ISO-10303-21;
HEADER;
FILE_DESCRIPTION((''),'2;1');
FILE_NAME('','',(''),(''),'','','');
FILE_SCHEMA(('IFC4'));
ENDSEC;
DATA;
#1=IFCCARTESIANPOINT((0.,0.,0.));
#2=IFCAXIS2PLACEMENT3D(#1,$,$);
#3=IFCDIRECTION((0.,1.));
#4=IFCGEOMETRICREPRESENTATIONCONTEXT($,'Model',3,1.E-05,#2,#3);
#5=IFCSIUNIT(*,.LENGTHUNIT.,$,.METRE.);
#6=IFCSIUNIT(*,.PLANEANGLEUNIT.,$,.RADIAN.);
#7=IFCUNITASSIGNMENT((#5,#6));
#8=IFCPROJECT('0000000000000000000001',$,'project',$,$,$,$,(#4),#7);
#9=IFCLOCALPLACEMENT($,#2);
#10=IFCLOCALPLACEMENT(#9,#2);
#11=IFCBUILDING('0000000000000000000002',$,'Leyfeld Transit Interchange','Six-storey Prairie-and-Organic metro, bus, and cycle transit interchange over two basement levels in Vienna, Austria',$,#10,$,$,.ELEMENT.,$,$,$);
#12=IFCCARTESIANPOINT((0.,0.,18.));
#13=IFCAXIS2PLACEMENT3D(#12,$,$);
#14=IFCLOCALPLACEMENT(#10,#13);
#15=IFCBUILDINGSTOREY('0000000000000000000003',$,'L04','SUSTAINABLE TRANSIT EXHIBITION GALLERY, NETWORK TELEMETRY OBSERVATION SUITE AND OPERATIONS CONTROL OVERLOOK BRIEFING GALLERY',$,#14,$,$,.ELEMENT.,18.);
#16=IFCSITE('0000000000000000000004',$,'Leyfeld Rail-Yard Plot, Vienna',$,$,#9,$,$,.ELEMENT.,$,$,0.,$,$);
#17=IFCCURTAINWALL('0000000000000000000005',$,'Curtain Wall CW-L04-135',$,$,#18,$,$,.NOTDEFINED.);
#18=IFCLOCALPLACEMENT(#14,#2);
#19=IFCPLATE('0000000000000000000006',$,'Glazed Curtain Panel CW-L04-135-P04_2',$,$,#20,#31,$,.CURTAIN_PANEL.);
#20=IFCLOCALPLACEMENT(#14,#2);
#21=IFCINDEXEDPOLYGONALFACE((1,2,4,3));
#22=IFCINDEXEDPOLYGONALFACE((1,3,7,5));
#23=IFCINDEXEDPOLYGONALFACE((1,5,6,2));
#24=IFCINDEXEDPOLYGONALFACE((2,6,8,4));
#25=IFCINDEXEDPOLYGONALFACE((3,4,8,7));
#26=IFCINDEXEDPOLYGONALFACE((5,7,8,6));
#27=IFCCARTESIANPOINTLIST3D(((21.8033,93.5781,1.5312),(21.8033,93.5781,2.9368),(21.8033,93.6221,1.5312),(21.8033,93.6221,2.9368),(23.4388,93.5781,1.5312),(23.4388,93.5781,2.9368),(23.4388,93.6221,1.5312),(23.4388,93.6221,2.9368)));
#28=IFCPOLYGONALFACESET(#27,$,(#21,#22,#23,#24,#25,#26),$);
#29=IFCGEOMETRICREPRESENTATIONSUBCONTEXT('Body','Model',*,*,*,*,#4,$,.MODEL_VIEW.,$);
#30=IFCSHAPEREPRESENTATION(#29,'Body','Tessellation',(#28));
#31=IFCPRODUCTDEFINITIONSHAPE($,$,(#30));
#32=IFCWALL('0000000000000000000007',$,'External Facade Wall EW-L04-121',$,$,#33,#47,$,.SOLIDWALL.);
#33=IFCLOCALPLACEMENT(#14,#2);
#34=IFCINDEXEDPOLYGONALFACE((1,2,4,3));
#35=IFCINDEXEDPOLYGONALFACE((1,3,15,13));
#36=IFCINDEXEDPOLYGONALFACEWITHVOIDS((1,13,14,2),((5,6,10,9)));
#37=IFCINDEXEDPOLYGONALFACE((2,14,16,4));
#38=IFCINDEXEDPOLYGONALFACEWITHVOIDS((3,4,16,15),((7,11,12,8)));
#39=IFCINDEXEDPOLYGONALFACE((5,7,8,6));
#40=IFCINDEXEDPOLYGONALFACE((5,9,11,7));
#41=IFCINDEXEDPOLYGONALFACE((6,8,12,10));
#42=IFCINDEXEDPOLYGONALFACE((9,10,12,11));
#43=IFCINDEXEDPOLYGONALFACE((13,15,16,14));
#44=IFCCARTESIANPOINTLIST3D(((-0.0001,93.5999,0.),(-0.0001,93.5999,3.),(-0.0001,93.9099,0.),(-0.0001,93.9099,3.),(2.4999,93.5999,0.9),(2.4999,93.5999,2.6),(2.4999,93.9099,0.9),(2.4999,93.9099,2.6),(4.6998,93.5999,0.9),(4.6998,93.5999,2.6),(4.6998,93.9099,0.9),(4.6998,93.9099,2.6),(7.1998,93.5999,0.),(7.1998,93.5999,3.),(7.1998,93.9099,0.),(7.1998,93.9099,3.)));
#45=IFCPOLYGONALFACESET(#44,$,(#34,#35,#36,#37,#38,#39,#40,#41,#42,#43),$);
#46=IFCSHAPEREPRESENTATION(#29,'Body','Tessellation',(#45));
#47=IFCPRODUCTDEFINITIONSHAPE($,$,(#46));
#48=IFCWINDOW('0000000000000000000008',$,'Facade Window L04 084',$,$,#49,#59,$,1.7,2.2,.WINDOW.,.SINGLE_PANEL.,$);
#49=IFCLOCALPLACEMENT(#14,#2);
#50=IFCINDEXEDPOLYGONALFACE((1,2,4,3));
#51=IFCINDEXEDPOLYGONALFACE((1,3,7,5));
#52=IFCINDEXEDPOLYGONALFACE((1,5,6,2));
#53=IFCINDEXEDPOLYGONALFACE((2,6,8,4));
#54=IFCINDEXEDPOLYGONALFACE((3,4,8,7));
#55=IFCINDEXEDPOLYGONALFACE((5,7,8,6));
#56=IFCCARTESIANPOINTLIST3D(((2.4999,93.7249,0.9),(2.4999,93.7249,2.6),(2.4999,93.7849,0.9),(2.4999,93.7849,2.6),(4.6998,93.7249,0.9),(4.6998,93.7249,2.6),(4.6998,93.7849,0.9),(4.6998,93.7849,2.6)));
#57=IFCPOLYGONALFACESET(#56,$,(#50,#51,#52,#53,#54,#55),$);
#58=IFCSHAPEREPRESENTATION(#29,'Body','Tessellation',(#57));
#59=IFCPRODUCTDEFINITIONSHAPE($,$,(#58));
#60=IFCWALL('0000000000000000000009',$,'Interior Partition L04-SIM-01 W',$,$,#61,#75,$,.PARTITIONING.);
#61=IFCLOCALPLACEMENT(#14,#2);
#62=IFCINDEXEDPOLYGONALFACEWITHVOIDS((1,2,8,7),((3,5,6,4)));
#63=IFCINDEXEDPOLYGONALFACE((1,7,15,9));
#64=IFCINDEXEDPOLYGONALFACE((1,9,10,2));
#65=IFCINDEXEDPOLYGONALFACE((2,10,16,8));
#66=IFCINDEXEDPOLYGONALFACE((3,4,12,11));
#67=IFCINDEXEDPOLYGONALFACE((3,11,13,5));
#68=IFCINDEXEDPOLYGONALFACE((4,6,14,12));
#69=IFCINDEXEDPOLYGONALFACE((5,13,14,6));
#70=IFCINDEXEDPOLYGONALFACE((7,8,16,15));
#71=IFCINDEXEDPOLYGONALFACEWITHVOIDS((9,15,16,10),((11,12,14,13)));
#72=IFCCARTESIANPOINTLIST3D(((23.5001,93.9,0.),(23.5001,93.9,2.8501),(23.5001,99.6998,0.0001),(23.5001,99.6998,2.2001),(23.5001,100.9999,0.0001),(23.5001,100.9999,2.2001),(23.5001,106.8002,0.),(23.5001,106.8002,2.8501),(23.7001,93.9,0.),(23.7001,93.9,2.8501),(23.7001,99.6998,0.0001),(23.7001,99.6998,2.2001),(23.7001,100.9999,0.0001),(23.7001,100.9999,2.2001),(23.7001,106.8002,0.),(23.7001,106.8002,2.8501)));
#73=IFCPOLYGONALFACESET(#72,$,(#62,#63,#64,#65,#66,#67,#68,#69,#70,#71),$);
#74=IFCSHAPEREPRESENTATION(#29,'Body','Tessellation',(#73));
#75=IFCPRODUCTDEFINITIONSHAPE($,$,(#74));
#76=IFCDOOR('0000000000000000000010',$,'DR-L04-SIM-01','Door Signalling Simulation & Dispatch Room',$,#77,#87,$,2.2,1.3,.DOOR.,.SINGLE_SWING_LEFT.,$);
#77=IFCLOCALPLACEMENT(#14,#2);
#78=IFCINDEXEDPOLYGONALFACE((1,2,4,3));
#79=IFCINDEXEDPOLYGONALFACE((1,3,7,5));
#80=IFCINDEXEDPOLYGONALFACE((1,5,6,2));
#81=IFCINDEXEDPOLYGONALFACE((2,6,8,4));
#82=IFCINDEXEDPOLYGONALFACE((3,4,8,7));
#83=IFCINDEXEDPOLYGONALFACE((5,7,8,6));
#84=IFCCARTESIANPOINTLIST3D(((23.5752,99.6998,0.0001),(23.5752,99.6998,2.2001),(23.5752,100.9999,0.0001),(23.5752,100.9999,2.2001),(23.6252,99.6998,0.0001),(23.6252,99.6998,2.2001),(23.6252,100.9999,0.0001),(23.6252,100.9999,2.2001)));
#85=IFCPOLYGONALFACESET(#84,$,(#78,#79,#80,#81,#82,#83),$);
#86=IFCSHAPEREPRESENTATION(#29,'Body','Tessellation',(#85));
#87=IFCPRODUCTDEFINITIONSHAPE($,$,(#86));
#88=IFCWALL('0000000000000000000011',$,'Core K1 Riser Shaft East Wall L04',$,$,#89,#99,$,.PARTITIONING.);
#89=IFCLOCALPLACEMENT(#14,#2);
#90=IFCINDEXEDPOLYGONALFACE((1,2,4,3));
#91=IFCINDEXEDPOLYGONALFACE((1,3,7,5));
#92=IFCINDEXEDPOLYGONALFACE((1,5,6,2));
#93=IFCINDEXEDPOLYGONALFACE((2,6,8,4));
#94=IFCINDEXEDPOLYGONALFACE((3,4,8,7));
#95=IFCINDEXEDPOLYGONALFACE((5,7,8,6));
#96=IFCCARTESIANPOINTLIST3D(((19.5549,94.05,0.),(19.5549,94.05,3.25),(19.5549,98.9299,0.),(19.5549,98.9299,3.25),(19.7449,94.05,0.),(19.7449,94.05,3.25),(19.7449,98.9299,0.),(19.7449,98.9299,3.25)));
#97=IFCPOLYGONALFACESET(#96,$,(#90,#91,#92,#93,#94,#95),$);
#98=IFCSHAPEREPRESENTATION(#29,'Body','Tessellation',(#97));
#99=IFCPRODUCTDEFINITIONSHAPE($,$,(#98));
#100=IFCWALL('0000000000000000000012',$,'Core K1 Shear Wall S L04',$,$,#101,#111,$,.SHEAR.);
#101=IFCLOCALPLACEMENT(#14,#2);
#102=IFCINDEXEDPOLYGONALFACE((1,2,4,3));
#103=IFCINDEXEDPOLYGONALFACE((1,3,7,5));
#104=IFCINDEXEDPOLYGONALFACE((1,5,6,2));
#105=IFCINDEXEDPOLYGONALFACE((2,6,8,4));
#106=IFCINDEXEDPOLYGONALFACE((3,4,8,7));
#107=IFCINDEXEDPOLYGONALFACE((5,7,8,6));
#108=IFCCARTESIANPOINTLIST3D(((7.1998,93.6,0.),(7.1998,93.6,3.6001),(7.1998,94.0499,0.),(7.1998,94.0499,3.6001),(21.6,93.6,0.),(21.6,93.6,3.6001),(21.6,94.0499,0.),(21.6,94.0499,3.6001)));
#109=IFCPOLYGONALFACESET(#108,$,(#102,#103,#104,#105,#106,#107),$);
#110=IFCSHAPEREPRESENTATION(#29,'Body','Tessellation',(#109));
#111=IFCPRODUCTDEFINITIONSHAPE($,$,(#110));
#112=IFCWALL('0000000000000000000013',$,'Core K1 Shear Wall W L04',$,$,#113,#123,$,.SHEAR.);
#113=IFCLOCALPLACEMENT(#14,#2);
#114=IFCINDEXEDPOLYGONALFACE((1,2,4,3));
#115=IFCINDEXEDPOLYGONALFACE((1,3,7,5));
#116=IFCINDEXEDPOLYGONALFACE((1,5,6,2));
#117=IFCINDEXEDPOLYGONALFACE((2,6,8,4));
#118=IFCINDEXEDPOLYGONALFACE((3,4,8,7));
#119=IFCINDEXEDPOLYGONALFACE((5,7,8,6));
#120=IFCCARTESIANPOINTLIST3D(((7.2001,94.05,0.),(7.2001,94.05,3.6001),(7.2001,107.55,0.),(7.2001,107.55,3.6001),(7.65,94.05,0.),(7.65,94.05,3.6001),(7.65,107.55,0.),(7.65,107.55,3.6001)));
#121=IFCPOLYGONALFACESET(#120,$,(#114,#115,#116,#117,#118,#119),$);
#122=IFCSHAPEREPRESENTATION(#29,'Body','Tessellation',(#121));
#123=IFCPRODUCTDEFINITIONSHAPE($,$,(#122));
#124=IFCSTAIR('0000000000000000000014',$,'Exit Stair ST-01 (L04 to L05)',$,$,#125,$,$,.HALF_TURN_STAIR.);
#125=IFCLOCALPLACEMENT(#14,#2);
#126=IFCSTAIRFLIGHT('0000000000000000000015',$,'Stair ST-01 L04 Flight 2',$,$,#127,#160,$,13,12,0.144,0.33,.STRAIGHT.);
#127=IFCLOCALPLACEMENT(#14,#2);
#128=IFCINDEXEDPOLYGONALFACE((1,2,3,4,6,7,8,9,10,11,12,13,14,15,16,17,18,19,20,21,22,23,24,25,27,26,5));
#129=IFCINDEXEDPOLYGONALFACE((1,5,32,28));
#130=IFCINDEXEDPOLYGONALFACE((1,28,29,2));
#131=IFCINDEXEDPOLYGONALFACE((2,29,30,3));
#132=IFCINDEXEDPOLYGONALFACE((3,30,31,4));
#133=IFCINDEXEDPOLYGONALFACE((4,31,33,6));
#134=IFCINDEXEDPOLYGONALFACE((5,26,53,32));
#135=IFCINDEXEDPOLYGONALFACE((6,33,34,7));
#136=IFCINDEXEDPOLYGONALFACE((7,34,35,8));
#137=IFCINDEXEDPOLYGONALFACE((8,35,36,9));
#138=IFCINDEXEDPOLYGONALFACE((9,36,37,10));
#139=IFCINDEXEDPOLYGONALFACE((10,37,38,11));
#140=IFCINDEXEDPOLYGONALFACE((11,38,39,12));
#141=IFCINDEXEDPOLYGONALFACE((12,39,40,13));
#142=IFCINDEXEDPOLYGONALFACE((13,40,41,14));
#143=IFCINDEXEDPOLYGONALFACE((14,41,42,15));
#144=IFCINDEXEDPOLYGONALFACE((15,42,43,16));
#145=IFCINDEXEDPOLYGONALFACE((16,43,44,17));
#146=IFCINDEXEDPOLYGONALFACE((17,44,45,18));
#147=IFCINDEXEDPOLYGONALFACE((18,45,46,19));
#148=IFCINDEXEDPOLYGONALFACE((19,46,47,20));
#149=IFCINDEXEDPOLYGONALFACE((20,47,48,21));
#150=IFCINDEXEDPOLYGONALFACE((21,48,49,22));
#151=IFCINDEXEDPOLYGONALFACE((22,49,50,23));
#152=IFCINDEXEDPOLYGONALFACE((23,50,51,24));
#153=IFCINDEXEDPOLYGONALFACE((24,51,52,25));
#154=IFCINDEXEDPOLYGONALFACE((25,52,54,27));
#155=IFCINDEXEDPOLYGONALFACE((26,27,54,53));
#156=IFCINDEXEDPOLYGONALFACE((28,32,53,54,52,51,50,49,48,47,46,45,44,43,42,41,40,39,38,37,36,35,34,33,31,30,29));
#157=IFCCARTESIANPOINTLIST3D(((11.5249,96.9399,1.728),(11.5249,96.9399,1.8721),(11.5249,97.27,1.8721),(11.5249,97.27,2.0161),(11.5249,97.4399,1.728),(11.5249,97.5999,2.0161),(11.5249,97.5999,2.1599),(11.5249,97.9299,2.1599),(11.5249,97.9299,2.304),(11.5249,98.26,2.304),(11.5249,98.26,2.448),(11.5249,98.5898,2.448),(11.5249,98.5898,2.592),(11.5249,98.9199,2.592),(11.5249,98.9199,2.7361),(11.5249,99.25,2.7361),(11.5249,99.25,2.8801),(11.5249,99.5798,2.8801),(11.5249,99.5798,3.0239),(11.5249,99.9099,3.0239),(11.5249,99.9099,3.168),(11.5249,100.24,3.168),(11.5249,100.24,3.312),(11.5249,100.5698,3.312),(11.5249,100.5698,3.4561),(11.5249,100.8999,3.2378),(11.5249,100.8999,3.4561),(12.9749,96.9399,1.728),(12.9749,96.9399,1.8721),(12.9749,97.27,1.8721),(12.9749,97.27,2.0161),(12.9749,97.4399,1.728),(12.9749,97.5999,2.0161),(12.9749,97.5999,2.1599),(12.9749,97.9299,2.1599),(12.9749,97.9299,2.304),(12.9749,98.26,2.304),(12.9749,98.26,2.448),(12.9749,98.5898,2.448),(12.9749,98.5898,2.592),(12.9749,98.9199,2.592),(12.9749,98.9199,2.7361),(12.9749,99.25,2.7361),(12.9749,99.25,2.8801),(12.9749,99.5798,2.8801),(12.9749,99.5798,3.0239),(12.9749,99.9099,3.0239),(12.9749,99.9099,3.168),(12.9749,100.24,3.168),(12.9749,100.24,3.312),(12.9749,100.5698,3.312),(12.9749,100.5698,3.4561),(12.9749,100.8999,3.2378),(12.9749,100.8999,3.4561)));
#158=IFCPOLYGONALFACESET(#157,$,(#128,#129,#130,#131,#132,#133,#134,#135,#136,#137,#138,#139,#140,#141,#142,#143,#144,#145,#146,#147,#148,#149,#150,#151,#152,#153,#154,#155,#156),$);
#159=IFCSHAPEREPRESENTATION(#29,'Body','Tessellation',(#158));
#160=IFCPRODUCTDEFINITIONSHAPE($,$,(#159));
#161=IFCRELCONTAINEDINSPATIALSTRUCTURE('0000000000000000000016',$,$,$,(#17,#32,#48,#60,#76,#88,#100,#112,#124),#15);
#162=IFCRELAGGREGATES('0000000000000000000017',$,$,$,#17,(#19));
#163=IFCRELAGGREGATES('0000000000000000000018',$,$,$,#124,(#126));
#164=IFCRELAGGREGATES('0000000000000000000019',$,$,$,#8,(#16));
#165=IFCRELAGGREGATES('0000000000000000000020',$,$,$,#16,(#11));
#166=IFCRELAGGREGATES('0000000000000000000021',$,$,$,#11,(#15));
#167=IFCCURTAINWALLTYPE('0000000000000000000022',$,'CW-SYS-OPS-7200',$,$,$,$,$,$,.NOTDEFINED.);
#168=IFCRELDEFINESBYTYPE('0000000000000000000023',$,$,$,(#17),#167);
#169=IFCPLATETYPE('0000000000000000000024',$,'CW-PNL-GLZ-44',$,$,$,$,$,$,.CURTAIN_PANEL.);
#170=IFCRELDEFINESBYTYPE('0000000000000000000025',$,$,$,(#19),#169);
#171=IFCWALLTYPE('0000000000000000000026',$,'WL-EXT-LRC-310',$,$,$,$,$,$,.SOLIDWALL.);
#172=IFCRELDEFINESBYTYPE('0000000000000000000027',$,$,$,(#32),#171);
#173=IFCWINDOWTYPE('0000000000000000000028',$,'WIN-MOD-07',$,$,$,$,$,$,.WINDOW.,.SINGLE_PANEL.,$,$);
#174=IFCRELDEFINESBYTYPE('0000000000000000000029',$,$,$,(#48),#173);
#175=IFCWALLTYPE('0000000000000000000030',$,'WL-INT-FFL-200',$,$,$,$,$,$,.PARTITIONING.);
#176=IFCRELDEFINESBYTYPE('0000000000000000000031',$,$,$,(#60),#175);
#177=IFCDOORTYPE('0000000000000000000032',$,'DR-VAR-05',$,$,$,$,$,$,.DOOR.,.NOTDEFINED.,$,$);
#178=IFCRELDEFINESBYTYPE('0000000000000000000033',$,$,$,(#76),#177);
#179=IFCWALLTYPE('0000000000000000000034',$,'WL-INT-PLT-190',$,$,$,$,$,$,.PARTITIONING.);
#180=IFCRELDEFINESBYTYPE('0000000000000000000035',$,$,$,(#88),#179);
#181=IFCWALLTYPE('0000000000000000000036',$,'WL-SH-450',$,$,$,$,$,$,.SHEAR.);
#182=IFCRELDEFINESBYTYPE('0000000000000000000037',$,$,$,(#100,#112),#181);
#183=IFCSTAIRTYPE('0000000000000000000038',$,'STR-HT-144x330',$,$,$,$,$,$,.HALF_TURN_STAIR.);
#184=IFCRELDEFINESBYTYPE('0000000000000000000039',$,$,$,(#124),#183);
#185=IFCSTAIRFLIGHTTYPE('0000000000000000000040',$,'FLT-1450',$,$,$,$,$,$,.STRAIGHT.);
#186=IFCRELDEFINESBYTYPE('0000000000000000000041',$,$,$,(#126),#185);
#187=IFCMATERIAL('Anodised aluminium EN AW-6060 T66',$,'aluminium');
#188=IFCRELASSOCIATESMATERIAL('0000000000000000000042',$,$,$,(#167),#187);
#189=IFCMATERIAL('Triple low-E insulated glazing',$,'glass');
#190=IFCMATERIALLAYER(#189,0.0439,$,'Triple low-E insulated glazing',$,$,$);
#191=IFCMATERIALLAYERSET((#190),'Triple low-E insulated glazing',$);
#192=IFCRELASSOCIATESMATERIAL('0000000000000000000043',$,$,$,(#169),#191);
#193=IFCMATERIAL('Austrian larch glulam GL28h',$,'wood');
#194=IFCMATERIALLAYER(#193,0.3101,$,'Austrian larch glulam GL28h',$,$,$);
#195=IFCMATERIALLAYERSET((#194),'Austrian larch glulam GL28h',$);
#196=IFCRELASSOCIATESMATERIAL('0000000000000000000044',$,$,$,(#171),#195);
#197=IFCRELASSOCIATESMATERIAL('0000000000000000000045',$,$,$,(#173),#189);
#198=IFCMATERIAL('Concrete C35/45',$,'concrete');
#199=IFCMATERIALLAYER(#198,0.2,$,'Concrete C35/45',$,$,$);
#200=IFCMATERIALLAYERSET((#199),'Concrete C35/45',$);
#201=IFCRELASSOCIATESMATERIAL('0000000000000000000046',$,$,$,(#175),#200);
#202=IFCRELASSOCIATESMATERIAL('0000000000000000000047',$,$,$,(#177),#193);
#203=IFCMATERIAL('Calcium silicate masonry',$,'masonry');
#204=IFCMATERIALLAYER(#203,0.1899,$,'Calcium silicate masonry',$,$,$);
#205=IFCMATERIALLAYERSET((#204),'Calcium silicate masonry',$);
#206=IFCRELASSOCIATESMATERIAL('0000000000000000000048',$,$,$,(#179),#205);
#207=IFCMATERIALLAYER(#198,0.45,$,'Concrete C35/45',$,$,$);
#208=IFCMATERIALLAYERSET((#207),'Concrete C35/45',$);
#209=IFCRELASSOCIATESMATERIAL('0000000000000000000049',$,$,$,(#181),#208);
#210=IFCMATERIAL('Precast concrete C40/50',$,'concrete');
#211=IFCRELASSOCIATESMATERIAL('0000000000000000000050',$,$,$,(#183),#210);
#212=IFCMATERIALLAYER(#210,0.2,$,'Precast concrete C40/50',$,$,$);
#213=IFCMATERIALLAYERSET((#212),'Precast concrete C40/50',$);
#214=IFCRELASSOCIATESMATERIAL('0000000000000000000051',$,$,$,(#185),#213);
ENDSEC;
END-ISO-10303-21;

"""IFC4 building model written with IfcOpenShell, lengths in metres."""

from ifc_helpers import new_model, si_unit, direction, frame, frame_2d, origin, origin_2d, place, context, subcontext, project, spatial, polyline, rectangle, outline, extrude, material, layer, layer_set, type_object, element, fill, aggregate, save


model = new_model("IFC4")

# Units and contexts
model_context = context("Model", 3, precision=1e-05, world=origin(), true_north=direction((0.0, 1.0)))
body_context = subcontext(model_context, "Body", "Model", "MODEL_VIEW")
ifc_project = project(units=[si_unit("LENGTHUNIT", "METRE"), si_unit("PLANEANGLEUNIT", "RADIAN")], contexts=[model_context])

# Site, building, storey
site_placement = place(None, origin())
site = spatial("IfcSite", under=ifc_project, at=site_placement, Name="Leyfeld Rail-Yard Plot, Vienna", CompositionType="ELEMENT", RefElevation=0.0)
building_placement = place(site_placement, origin())
building = spatial("IfcBuilding", under=site, at=building_placement, Name="Leyfeld Transit Interchange", Description="Six-storey Prairie-and-Organic metro, bus, and cycle transit interchange over two basement levels in Vienna, Austria", CompositionType="ELEMENT")
storey_placement = place(building_placement, frame((0.0, 0.0, 18.0)))
storey = spatial("IfcBuildingStorey", under=building, at=storey_placement, Name="L04", Description="SUSTAINABLE TRANSIT EXHIBITION GALLERY, NETWORK TELEMETRY OBSERVATION SUITE AND OPERATIONS CONTROL OVERLOOK BRIEFING GALLERY", CompositionType="ELEMENT", Elevation=18.0)

# Curtain wall, plate
ifc_material_1 = material(Name="Anodised aluminium EN AW-6060 T66", Category="aluminium")
curtain_wall_type = type_object("IfcCurtainWallType", Name="CW-SYS-OPS-7200", PredefinedType="NOTDEFINED", material=ifc_material_1)
curtain_wall_placement = place(storey_placement, origin())
curtain_wall = element("IfcCurtainWall", 1, at=curtain_wall_placement, inside=storey, type_object=curtain_wall_type, Name="Curtain Wall CW-L04-135", PredefinedType="NOTDEFINED")
ifc_material_2 = material(Name="Triple low-E insulated glazing", Category="glass")
ifc_layer_1 = layer(ifc_material_2, 0.0439, Name="Triple low-E insulated glazing")
ifc_layer_set_1 = layer_set([ifc_layer_1], Name="Triple low-E insulated glazing")
plate_type = type_object("IfcPlateType", Name="CW-PNL-GLZ-44", PredefinedType="CURTAIN_PANEL", material=ifc_layer_set_1)
plate_1_placement = place(storey_placement, frame((22.6211, 93.6001, 1.5312), z_axis=(0.0, 0.0, 1.0), x_axis=(-1.0, 0.0, 0.0)))
plate_1 = element("IfcPlate", 2, at=plate_1_placement, type_object=plate_type, Name="Glazed Curtain Panel CW-L04-135-P04_2", PredefinedType="CURTAIN_PANEL", context=body_context, shape_type="SweptSolid", body=[
    extrude(rectangle(XDim=1.6355, YDim=0.0439, at=origin_2d()), origin(), (0.0, 0.0, 1.0), 1.4055),
])
aggregate(curtain_wall, [plate_1])

# Wall, opening, window
ifc_material_3 = material(Name="Austrian larch glulam GL28h", Category="wood")
ifc_layer_2 = layer(ifc_material_3, 0.3101, Name="Austrian larch glulam GL28h")
ifc_layer_set_2 = layer_set([ifc_layer_2], Name="Austrian larch glulam GL28h")
wall_type_1 = type_object("IfcWallType", Name="WL-EXT-LRC-310", PredefinedType="SOLIDWALL", material=ifc_layer_set_2)
wall_1_placement = place(storey_placement, frame((7.2, 93.7549, 0.0), z_axis=(0.0, 0.0, 1.0), x_axis=(-1.0, 0.0, 0.0)))
wall_1 = element("IfcWall", 3, at=wall_1_placement, inside=storey, type_object=wall_type_1, Name="External Facade Wall EW-L04-121", PredefinedType="SOLIDWALL", context=body_context, shape_type="SweptSolid", body=[
    extrude(rectangle(XDim=7.2, YDim=0.3101, at=frame_2d((3.6001, 0.0))), origin(), (0.0, 0.0, 1.0), 3.0),
])
opening_1_placement = place(wall_1_placement, frame((2.5, 0.0, 0.8999)))
opening_1 = element("IfcOpeningElement", 4, at=opening_1_placement, cuts=wall_1, PredefinedType="OPENING", context=body_context, shape_type="SweptSolid", body=[
    extrude(rectangle(XDim=2.2, YDim=1.7, at=frame_2d((1.1001, 0.8501))), frame((0.0, 0.165, 0.0), z_axis=(0.0, -1.0, 0.0), x_axis=(1.0, 0.0, 0.0)), (0.0, 0.0, 1.0), 0.3301),
])
window_type = type_object("IfcWindowType", Name="WIN-MOD-07", PartitioningType="SINGLE_PANEL", PredefinedType="WINDOW", material=ifc_material_2)
window_placement = place(opening_1_placement, origin())
window = element("IfcWindow", 5, at=window_placement, inside=storey, type_object=window_type, Name="Facade Window L04 084", OverallHeight=1.7, OverallWidth=2.2, PartitioningType="SINGLE_PANEL", PredefinedType="WINDOW", context=body_context, shape_type="SweptSolid", body=[
    extrude(rectangle(XDim=2.2, YDim=1.7, at=frame_2d((1.1001, 0.8501))), frame((0.0, 0.03, 0.0), z_axis=(0.0, -1.0, 0.0), x_axis=(1.0, 0.0, 0.0)), (0.0, 0.0, 1.0), 0.0601),
])
fill(opening_1, window)

# Wall, opening, door
ifc_material_4 = material(Name="Concrete C35/45", Category="concrete")
ifc_layer_3 = layer(ifc_material_4, 0.2, Name="Concrete C35/45")
ifc_layer_set_3 = layer_set([ifc_layer_3], Name="Concrete C35/45")
wall_type_2 = type_object("IfcWallType", Name="WL-INT-FFL-200", PredefinedType="PARTITIONING", material=ifc_layer_set_3)
wall_2_placement = place(storey_placement, frame((23.6001, 93.8999, 0.0), z_axis=(0.0, 0.0, 1.0), x_axis=(0.0, 1.0, 0.0)))
wall_2 = element("IfcWall", 6, at=wall_2_placement, inside=storey, type_object=wall_type_2, Name="Interior Partition L04-SIM-01 W", PredefinedType="PARTITIONING", context=body_context, shape_type="SweptSolid", body=[
    extrude(rectangle(XDim=12.9001, YDim=0.2, at=frame_2d((6.4502, 0.0))), origin(), (0.0, 0.0, 1.0), 2.8501),
])
opening_2_placement = place(wall_2_placement, frame((5.8, 0.0, 0.0)))
opening_2 = element("IfcOpeningElement", 7, at=opening_2_placement, cuts=wall_2, PredefinedType="OPENING", context=body_context, shape_type="SweptSolid", body=[
    extrude(rectangle(XDim=1.3, YDim=2.2, at=frame_2d((0.6499, 1.1001))), frame((0.0, 0.1099, 0.0), z_axis=(0.0, -1.0, 0.0), x_axis=(1.0, 0.0, 0.0)), (0.0, 0.0, 1.0), 0.22),
])
door_type = type_object("IfcDoorType", Name="DR-VAR-05", OperationType="NOTDEFINED", PredefinedType="DOOR", material=ifc_material_3)
door_placement = place(opening_2_placement, origin())
door = element("IfcDoor", 8, at=door_placement, inside=storey, type_object=door_type, Name="DR-L04-SIM-01", Description="Door Signalling Simulation & Dispatch Room", OperationType="SINGLE_SWING_LEFT", OverallHeight=2.2, OverallWidth=1.3, PredefinedType="DOOR", context=body_context, shape_type="SweptSolid", body=[
    extrude(rectangle(XDim=1.3, YDim=2.2, at=frame_2d((0.6499, 1.1001))), frame((0.0, 0.0249, 0.0), z_axis=(0.0, -1.0, 0.0), x_axis=(1.0, 0.0, 0.0)), (0.0, 0.0, 1.0), 0.05),
])
fill(opening_2, door)

# Walls
ifc_material_5 = material(Name="Calcium silicate masonry", Category="masonry")
ifc_layer_4 = layer(ifc_material_5, 0.1899, Name="Calcium silicate masonry")
ifc_layer_set_4 = layer_set([ifc_layer_4], Name="Calcium silicate masonry")
wall_type_3 = type_object("IfcWallType", Name="WL-INT-PLT-190", PredefinedType="PARTITIONING", material=ifc_layer_set_4)
wall_3_placement = place(storey_placement, frame((19.6499, 94.05, 0.0), z_axis=(0.0, 0.0, 1.0), x_axis=(0.0, 1.0, 0.0)))
element("IfcWall", 9, at=wall_3_placement, inside=storey, type_object=wall_type_3, Name="Core K1 Riser Shaft East Wall L04", PredefinedType="PARTITIONING", context=body_context, shape_type="SweptSolid", body=[
    extrude(rectangle(XDim=4.8799, YDim=0.1899, at=frame_2d((2.4399, 0.0))), origin(), (0.0, 0.0, 1.0), 3.25),
])
ifc_layer_5 = layer(ifc_material_4, 0.45, Name="Concrete C35/45")
ifc_layer_set_5 = layer_set([ifc_layer_5], Name="Concrete C35/45")
wall_type_4 = type_object("IfcWallType", Name="WL-SH-450", PredefinedType="SHEAR", material=ifc_layer_set_5)
wall_4_placement = place(storey_placement, frame((21.6001, 93.825, 0.0), z_axis=(0.0, 0.0, 1.0), x_axis=(-1.0, 0.0, 0.0)))
element("IfcWall", 10, at=wall_4_placement, inside=storey, type_object=wall_type_4, Name="Core K1 Shear Wall S L04", PredefinedType="SHEAR", context=body_context, shape_type="SweptSolid", body=[
    extrude(rectangle(XDim=14.4001, YDim=0.45, at=frame_2d((7.2002, 0.0))), origin(), (0.0, 0.0, 1.0), 3.6001),
])
wall_5_placement = place(storey_placement, frame((7.425, 94.05, 0.0), z_axis=(0.0, 0.0, 1.0), x_axis=(0.0, 1.0, 0.0)))
element("IfcWall", 11, at=wall_5_placement, inside=storey, type_object=wall_type_4, Name="Core K1 Shear Wall W L04", PredefinedType="SHEAR", context=body_context, shape_type="SweptSolid", body=[
    extrude(rectangle(XDim=13.5, YDim=0.45, at=frame_2d((6.75, 0.0))), origin(), (0.0, 0.0, 1.0), 3.6001),
])

# Stair, stair flight
ifc_material_6 = material(Name="Precast concrete C40/50", Category="concrete")
stair_type = type_object("IfcStairType", Name="STR-HT-144x330", PredefinedType="HALF_TURN_STAIR", material=ifc_material_6)
stair_placement = place(storey_placement, origin())
stair = element("IfcStair", 12, at=stair_placement, inside=storey, type_object=stair_type, Name="Exit Stair ST-01 (L04 to L05)", PredefinedType="HALF_TURN_STAIR")
ifc_layer_6 = layer(ifc_material_6, 0.2, Name="Precast concrete C40/50")
ifc_layer_set_6 = layer_set([ifc_layer_6], Name="Precast concrete C40/50")
stair_flight_type = type_object("IfcStairFlightType", Name="FLT-1450", PredefinedType="STRAIGHT", material=ifc_layer_set_6)
stair_flight_placement = place(storey_placement, frame((12.25, 96.9399, 1.728), z_axis=(0.0, 0.0, 1.0), x_axis=(0.0, 1.0, 0.0)))
stair_flight = element("IfcStairFlight", 13, at=stair_flight_placement, type_object=stair_flight_type, Name="Stair ST-01 L04 Flight 2", NumberOfRisers=13, NumberOfTreads=12, PredefinedType="STRAIGHT", RiserHeight=0.144, TreadLength=0.33, context=body_context, shape_type="SweptSolid", body=[
    extrude(outline(polyline([(0.0, 0.0), (0.0, 0.144), (0.3301, 0.144), (0.3301, 0.2881), (0.6599, 0.2881), (0.6599, 0.4319), (0.99, 0.4319), (0.99, 0.5759), (1.3201, 0.5759), (1.3201, 0.72), (1.6499, 0.72), (1.6499, 0.864), (1.98, 0.864), (1.98, 1.0081), (2.3101, 1.0081), (2.3101, 1.1521), (2.6399, 1.1521), (2.6399, 1.2959), (2.97, 1.2959), (2.97, 1.4399), (3.3, 1.4399), (3.3, 1.584), (3.6299, 1.584), (3.6299, 1.728), (3.96, 1.728), (3.96, 1.8721), (3.96, 1.5098), (0.5, 0.0), (0.0, 0.0)])), frame((0.0, 0.7251, 0.0), z_axis=(0.0, -1.0, 0.0), x_axis=(1.0, 0.0, 0.0)), (0.0, 0.0, 1.0), 1.45),
])
aggregate(stair, [stair_flight])

save(model, "model.ifc")
